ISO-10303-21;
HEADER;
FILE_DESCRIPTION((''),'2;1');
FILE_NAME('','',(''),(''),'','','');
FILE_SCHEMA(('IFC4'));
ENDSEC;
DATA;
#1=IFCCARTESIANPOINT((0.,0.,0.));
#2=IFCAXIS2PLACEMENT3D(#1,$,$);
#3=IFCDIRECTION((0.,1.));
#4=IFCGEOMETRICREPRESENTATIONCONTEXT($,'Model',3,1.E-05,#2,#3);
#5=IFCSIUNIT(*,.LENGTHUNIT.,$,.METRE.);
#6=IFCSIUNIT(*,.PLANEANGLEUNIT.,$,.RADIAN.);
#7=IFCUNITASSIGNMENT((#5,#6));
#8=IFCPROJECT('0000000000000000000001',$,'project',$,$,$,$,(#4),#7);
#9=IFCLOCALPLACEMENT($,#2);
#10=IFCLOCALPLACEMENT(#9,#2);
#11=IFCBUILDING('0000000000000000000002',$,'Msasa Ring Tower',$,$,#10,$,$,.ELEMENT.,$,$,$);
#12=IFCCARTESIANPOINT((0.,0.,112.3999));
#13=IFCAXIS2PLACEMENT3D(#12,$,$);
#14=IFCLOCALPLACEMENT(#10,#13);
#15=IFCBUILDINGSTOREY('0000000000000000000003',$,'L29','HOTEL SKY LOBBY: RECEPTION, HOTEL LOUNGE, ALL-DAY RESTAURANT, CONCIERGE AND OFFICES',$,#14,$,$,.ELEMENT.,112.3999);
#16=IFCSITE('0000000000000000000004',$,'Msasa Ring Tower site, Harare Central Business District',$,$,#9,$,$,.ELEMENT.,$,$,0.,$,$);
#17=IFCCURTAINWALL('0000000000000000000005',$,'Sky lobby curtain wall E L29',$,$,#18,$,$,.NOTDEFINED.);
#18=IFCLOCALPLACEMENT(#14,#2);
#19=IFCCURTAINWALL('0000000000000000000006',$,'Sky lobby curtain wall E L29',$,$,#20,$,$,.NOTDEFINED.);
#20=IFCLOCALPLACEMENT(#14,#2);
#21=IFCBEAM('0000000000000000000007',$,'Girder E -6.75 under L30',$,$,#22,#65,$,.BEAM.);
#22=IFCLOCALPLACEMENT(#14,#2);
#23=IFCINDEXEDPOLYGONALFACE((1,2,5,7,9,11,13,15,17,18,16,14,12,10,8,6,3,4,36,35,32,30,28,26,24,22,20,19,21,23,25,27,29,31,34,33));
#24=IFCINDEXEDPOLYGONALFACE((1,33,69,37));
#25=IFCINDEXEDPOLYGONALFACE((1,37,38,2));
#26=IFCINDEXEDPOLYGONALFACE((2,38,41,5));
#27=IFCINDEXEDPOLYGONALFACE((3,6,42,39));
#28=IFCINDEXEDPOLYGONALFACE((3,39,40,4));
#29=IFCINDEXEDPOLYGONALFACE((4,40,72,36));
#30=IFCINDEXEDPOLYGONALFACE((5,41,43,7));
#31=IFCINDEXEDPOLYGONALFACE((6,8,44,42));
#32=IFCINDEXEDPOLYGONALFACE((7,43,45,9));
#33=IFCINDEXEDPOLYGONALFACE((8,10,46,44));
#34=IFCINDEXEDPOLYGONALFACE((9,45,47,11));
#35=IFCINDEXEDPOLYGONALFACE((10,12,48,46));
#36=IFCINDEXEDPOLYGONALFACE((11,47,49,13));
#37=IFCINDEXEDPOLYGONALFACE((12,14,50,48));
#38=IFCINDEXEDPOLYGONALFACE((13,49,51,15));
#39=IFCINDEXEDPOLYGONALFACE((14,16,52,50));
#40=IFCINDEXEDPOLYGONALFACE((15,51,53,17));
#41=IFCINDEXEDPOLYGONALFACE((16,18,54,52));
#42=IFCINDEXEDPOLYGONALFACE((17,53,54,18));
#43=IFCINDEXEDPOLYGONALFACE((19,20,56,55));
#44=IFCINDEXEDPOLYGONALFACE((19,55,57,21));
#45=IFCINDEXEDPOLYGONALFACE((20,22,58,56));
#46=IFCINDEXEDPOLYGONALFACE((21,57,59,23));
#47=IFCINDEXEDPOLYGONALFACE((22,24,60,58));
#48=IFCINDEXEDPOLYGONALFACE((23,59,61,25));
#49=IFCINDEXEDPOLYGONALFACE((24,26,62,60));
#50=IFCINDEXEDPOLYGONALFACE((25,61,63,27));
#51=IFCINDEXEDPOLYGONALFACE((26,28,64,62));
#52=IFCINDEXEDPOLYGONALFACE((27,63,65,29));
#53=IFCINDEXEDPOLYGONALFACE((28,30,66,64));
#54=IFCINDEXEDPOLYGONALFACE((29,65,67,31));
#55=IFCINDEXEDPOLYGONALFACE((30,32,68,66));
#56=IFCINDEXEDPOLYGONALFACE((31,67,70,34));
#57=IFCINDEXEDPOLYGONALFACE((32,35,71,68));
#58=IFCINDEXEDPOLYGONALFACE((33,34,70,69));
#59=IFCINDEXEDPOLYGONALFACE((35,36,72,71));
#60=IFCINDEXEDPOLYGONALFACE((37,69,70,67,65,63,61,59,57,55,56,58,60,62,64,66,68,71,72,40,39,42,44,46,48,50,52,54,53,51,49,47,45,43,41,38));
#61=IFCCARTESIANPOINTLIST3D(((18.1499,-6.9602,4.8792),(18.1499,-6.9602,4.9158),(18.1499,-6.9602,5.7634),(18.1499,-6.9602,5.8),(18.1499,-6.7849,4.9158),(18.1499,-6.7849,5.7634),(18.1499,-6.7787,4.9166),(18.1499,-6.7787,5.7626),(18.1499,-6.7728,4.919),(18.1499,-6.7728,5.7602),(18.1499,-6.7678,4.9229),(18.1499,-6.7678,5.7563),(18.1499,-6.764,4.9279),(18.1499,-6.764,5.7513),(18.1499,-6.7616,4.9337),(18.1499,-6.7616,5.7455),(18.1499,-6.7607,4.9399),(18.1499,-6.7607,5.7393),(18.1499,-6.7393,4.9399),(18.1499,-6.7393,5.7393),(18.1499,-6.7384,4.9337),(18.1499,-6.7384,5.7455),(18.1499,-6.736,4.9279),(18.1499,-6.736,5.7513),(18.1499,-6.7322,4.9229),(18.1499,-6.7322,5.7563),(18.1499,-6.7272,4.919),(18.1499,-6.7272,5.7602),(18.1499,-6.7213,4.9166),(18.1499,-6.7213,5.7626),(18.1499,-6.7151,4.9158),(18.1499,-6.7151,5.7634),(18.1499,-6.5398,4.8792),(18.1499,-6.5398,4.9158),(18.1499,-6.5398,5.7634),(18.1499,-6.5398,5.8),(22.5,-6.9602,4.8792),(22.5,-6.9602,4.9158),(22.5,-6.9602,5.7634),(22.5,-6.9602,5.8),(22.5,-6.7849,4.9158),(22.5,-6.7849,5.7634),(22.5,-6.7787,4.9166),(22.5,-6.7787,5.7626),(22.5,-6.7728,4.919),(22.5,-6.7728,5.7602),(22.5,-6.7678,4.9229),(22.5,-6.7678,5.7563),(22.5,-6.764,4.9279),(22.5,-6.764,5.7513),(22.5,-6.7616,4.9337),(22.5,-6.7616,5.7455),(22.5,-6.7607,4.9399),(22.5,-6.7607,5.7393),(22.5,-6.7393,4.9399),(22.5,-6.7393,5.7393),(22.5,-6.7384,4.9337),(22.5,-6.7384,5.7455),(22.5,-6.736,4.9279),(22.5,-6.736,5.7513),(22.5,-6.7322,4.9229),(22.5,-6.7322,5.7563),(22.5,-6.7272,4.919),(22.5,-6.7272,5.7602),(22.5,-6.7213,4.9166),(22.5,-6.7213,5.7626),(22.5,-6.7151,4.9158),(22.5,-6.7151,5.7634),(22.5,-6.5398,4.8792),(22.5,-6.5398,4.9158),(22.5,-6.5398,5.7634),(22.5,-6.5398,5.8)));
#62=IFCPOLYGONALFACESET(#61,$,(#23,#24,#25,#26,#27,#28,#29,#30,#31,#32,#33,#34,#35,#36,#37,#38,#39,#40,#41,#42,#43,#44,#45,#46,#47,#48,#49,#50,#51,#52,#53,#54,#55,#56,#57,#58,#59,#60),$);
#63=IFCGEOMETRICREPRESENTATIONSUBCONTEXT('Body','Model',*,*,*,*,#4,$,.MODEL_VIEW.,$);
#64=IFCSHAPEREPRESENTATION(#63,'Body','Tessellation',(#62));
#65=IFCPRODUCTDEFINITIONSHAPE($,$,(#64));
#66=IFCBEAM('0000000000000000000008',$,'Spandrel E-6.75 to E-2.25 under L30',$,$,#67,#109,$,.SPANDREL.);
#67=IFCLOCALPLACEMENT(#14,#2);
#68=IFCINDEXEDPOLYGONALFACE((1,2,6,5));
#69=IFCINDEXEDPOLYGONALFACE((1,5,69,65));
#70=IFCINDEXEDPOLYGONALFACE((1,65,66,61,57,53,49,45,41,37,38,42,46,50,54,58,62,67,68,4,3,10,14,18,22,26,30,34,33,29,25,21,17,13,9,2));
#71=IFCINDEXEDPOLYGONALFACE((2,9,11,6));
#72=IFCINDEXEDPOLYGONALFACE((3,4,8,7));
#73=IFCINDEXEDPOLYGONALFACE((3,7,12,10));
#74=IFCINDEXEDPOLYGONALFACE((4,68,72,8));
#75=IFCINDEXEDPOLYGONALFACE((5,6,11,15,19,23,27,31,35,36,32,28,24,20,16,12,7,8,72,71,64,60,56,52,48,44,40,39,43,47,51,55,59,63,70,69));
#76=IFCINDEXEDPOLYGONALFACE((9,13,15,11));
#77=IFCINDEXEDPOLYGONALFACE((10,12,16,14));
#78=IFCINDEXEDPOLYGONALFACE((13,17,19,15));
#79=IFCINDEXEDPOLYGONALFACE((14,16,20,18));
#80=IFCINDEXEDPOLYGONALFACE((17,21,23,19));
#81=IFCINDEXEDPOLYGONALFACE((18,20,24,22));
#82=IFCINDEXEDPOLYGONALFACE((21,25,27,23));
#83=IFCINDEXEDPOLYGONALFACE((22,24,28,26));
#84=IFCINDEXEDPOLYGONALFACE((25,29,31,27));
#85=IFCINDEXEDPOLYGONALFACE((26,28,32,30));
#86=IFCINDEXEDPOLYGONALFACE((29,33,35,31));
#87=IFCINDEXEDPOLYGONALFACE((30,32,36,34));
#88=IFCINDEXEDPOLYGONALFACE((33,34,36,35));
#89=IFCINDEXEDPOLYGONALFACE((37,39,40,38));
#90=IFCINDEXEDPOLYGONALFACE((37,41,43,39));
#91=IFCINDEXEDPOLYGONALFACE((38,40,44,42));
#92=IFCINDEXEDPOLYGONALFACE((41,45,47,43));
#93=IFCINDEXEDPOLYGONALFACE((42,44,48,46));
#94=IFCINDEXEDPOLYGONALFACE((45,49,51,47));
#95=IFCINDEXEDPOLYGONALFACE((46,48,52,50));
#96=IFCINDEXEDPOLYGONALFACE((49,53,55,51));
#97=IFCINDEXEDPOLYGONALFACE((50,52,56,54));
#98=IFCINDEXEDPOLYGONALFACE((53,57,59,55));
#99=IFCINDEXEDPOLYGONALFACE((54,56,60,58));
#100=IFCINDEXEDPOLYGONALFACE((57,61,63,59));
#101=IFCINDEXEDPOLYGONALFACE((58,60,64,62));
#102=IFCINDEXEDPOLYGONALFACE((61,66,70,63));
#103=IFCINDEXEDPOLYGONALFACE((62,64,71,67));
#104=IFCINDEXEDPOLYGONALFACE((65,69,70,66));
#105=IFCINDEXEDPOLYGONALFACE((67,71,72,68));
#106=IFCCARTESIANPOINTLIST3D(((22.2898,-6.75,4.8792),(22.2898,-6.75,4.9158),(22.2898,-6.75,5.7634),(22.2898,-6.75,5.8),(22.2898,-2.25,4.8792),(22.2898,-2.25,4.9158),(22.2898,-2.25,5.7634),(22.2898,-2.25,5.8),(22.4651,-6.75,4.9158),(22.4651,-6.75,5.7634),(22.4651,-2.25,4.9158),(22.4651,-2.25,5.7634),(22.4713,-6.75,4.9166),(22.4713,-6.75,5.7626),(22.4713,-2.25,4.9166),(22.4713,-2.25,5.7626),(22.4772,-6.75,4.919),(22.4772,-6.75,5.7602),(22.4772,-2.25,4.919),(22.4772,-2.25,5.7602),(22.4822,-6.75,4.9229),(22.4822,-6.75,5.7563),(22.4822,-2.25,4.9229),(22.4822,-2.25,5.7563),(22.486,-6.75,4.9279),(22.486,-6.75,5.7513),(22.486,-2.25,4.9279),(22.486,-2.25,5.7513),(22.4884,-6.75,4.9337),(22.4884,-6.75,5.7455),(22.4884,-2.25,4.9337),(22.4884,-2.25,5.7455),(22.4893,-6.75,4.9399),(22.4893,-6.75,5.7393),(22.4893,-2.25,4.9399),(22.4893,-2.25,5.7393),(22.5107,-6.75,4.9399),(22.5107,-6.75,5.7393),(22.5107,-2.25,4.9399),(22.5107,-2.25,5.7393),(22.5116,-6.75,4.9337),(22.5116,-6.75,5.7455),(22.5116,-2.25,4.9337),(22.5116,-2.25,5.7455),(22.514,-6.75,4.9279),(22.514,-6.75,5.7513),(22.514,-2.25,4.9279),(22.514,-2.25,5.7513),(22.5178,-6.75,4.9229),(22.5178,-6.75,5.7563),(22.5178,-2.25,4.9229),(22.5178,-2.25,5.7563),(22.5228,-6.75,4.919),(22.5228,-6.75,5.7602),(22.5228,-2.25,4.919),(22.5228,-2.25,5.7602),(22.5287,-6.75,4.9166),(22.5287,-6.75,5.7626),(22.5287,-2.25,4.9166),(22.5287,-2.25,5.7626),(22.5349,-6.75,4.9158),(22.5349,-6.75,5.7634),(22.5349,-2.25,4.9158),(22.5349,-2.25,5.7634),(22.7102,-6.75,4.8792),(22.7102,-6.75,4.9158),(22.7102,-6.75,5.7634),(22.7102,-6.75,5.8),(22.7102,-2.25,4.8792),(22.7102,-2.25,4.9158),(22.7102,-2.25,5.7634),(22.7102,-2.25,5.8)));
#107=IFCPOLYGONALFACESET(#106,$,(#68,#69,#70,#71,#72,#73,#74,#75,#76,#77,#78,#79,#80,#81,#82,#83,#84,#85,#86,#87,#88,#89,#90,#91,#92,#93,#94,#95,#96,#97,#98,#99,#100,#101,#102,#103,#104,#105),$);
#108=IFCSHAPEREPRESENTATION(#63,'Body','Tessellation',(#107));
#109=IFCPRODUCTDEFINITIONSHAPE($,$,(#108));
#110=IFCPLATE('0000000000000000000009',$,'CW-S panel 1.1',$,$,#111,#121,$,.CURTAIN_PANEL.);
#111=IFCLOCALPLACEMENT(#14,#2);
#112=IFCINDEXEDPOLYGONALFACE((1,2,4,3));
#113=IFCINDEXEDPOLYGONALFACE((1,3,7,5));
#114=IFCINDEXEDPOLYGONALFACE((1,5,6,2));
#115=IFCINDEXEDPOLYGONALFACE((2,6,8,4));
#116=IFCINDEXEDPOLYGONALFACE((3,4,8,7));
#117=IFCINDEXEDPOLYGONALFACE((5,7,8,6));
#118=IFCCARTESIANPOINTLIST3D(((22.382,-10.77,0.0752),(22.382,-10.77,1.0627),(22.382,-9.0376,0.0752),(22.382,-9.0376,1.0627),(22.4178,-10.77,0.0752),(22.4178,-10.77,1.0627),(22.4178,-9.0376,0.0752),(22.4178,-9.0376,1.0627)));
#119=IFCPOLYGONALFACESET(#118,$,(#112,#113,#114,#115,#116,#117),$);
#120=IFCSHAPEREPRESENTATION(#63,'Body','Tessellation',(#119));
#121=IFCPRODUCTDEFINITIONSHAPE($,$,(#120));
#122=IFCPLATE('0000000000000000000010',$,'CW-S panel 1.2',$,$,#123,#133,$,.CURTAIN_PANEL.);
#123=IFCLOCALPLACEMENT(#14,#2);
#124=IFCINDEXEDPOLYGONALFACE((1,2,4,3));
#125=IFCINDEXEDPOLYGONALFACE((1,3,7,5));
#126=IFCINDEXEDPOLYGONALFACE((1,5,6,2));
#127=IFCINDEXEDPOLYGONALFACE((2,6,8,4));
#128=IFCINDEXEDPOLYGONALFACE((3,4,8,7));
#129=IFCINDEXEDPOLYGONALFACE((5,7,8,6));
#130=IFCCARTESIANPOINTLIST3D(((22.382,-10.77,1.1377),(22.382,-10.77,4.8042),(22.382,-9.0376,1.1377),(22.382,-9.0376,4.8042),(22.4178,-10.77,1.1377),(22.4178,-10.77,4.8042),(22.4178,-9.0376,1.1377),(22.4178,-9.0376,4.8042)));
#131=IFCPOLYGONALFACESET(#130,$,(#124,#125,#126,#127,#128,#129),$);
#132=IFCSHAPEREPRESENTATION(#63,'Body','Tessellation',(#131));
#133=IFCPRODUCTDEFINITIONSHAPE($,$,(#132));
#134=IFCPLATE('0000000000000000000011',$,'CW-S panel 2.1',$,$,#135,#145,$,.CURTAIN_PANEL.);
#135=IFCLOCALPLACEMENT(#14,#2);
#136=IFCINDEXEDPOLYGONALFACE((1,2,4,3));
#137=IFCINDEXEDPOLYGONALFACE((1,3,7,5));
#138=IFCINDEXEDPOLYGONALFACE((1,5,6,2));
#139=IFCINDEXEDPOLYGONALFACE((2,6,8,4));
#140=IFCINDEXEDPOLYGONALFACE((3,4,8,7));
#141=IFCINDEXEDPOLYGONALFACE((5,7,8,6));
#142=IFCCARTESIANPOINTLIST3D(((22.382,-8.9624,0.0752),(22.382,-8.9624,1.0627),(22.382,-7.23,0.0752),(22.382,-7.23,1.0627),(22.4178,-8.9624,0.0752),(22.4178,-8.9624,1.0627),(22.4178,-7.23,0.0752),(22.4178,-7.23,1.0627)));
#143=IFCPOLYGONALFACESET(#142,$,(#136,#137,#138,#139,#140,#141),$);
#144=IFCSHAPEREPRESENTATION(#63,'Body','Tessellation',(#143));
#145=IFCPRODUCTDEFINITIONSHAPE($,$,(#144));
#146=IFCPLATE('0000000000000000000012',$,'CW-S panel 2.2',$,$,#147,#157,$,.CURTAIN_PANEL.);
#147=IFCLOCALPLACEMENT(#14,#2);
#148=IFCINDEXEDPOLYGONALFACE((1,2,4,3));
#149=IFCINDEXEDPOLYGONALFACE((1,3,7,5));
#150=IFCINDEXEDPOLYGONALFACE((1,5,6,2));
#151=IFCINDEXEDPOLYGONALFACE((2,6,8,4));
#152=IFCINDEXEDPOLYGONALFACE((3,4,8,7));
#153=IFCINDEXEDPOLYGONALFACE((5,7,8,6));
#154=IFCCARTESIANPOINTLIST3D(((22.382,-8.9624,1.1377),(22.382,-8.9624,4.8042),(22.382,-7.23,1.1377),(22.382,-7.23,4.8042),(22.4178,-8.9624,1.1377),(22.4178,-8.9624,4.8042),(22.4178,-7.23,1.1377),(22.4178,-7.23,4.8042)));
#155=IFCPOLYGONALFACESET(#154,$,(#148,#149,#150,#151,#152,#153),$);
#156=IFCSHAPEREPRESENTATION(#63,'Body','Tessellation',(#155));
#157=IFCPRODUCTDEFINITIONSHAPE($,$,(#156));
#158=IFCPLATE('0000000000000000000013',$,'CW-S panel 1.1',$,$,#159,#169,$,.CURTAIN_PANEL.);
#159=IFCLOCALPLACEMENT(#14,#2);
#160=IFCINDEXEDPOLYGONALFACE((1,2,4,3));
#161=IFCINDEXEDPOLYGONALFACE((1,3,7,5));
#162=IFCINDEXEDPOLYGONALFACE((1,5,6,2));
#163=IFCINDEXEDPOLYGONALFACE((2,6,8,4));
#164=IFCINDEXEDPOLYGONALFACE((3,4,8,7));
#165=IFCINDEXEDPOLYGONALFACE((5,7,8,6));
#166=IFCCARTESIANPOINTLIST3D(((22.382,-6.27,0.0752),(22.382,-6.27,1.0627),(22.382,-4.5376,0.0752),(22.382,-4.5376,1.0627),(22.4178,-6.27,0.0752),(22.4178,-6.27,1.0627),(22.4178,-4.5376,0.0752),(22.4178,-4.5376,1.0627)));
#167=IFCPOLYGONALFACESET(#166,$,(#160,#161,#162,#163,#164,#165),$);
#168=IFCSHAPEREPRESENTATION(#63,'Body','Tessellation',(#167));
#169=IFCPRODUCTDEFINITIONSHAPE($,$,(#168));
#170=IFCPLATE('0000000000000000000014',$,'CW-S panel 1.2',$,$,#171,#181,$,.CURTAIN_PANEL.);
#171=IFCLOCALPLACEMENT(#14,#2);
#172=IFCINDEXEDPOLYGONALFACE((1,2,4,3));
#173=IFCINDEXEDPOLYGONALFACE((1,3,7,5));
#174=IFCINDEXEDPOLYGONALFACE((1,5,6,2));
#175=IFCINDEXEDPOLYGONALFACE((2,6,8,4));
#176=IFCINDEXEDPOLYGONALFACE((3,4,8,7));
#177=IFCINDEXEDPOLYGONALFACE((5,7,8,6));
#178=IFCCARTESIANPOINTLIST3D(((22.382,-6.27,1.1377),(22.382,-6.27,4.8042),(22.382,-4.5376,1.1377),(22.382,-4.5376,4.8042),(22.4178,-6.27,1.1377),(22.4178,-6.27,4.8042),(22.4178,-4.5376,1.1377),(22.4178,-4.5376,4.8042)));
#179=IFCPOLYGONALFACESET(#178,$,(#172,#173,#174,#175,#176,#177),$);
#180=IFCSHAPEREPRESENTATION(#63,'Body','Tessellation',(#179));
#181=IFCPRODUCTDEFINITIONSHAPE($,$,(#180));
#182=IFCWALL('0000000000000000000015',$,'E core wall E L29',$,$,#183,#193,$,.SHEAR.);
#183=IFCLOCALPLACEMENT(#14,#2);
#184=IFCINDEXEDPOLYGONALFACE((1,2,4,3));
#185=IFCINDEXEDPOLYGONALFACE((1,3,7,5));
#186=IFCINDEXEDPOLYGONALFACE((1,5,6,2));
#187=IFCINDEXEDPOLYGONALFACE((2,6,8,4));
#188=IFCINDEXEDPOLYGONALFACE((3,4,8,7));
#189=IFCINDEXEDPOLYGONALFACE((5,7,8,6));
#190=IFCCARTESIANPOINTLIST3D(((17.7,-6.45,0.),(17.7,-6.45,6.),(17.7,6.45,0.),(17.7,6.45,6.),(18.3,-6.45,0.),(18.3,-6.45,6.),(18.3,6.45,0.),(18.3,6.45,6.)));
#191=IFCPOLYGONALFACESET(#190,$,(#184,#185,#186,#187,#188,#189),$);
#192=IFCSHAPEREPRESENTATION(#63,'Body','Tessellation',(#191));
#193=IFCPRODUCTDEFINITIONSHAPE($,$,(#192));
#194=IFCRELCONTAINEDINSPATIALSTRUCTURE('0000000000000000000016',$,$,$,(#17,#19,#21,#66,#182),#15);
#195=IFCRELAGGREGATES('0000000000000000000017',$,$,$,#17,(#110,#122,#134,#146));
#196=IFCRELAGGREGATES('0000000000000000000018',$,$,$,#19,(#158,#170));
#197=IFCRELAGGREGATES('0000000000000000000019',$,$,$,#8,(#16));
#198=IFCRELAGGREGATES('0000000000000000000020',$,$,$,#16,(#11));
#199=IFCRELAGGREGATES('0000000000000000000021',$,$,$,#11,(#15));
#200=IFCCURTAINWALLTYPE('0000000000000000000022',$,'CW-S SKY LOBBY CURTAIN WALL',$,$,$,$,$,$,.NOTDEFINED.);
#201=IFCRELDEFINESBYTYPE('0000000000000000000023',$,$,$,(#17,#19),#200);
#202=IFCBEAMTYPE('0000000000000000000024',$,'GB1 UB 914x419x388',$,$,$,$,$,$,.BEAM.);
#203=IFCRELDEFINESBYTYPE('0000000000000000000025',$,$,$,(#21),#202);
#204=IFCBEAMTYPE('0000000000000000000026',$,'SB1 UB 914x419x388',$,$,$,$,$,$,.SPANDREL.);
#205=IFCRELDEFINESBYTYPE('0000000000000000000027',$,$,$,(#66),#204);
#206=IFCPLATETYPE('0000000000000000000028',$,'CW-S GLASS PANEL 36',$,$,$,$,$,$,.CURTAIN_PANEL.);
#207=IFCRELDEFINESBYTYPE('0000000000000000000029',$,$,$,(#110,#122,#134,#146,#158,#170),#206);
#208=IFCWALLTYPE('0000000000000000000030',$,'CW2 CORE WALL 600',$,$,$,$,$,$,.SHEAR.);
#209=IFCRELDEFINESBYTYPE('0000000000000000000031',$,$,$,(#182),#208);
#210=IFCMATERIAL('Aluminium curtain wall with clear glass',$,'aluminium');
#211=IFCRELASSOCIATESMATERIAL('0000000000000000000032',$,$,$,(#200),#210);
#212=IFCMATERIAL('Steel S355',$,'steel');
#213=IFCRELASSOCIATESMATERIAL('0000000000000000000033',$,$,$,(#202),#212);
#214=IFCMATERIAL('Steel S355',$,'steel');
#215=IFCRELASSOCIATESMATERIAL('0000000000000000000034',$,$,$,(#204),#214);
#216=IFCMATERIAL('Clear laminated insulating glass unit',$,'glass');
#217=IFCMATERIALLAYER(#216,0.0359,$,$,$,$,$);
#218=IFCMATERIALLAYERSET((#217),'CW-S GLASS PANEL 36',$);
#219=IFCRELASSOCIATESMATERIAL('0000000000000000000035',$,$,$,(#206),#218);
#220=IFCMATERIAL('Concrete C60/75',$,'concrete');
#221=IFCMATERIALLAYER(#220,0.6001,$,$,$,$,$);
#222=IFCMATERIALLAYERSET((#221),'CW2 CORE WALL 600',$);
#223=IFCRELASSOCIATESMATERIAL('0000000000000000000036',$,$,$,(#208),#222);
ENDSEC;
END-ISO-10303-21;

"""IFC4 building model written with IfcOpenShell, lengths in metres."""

from ifc_helpers import new_model, si_unit, direction, frame, frame_2d, origin, origin_2d, place, context, subcontext, project, spatial, rectangle, i_section, extrude, material, layer, layer_set, material_profile, profile_set, type_object, element, aggregate, save


model = new_model("IFC4")

# Units and contexts
model_context = context("Model", 3, precision=1e-05, world=origin(), true_north=direction((0.0, 1.0)))
body_context = subcontext(model_context, "Body", "Model", "MODEL_VIEW")
ifc_project = project(units=[si_unit("LENGTHUNIT", "METRE"), si_unit("PLANEANGLEUNIT", "RADIAN")], contexts=[model_context])

# Site, building, storey
site_placement = place(None, origin())
site = spatial("IfcSite", under=ifc_project, at=site_placement, Name="Msasa Ring Tower site, Harare Central Business District", CompositionType="ELEMENT", RefElevation=0.0)
building_placement = place(site_placement, origin())
building = spatial("IfcBuilding", under=site, at=building_placement, Name="Msasa Ring Tower", CompositionType="ELEMENT")
storey_placement = place(building_placement, frame((0.0, 0.0, 112.3999)))
storey = spatial("IfcBuildingStorey", under=building, at=storey_placement, Name="L29", Description="HOTEL SKY LOBBY: RECEPTION, HOTEL LOUNGE, ALL-DAY RESTAURANT, CONCIERGE AND OFFICES", CompositionType="ELEMENT", Elevation=112.3999)

# Curtain wall
ifc_material_1 = material(Name="Aluminium curtain wall with clear glass", Category="aluminium")
curtain_wall_type = type_object("IfcCurtainWallType", Name="CW-S SKY LOBBY CURTAIN WALL", PredefinedType="NOTDEFINED", material=ifc_material_1)
curtain_wall_1_placement = place(storey_placement, origin())
curtain_wall_1 = element("IfcCurtainWall", 1, at=curtain_wall_1_placement, inside=storey, type_object=curtain_wall_type, Name="Sky lobby curtain wall E L29", PredefinedType="NOTDEFINED")

# Curtain wall
curtain_wall_2_placement = place(storey_placement, origin())
curtain_wall_2 = element("IfcCurtainWall", 2, at=curtain_wall_2_placement, inside=storey, type_object=curtain_wall_type, Name="Sky lobby curtain wall E L29", PredefinedType="NOTDEFINED")

# Beams
ifc_material_2 = material(Name="Steel S355", Category="steel")
ifc_material_profile_1 = material_profile(ifc_material_2, i_section(OverallWidth=0.4204, OverallDepth=0.9209, WebThickness=0.0215, FlangeThickness=0.0366, FilletRadius=0.0242, at=origin_2d()), Name="UB 914x419x388")
ifc_profile_set_1 = profile_set([ifc_material_profile_1], Name="Steel S355")
beam_type_1 = type_object("IfcBeamType", Name="GB1 UB 914x419x388", PredefinedType="BEAM", material=ifc_profile_set_1)
beam_1_placement = place(storey_placement, frame((18.1499, -6.75, 5.3396), z_axis=(1.0, 0.0, 0.0), x_axis=(0.0, 1.0, 0.0)))
element("IfcBeam", 3, at=beam_1_placement, inside=storey, type_object=beam_type_1, Name="Girder E -6.75 under L30", PredefinedType="BEAM", context=body_context, shape_type="SweptSolid", body=[
    extrude(i_section(OverallWidth=0.4204, OverallDepth=0.9209, WebThickness=0.0215, FlangeThickness=0.0366, FilletRadius=0.0242, at=origin_2d()), origin(), (0.0, 0.0, 1.0), 4.3501),
])
ifc_material_3 = material(Name="Steel S355", Category="steel")
ifc_material_profile_2 = material_profile(ifc_material_3, i_section(OverallWidth=0.4204, OverallDepth=0.9209, WebThickness=0.0215, FlangeThickness=0.0366, FilletRadius=0.0242, at=origin_2d()), Name="UB 914x419x388")
ifc_profile_set_2 = profile_set([ifc_material_profile_2], Name="Steel S355")
beam_type_2 = type_object("IfcBeamType", Name="SB1 UB 914x419x388", PredefinedType="SPANDREL", material=ifc_profile_set_2)
beam_2_placement = place(storey_placement, frame((22.5, -6.75, 5.3396), z_axis=(0.0, 1.0, 0.0), x_axis=(-1.0, 0.0, 0.0)))
element("IfcBeam", 4, at=beam_2_placement, inside=storey, type_object=beam_type_2, Name="Spandrel E-6.75 to E-2.25 under L30", PredefinedType="SPANDREL", context=body_context, shape_type="SweptSolid", body=[
    extrude(i_section(OverallWidth=0.4204, OverallDepth=0.9209, WebThickness=0.0215, FlangeThickness=0.0366, FilletRadius=0.0242, at=origin_2d()), origin(), (0.0, 0.0, 1.0), 4.5),
])

# Plates
ifc_material_4 = material(Name="Clear laminated insulating glass unit", Category="glass")
ifc_layer_1 = layer(ifc_material_4, 0.0359)
ifc_layer_set_1 = layer_set([ifc_layer_1], Name="CW-S GLASS PANEL 36")
plate_type = type_object("IfcPlateType", Name="CW-S GLASS PANEL 36", PredefinedType="CURTAIN_PANEL", material=ifc_layer_set_1)
plate_1_placement = place(storey_placement, frame((22.3999, -9.9038, 0.0752), z_axis=(0.0, 0.0, 1.0), x_axis=(0.0, 1.0, 0.0)))
plate_1 = element("IfcPlate", 5, at=plate_1_placement, type_object=plate_type, Name="CW-S panel 1.1", PredefinedType="CURTAIN_PANEL", context=body_context, shape_type="SweptSolid", body=[
    extrude(rectangle(XDim=1.7324, YDim=0.0359, at=origin_2d()), origin(), (0.0, 0.0, 1.0), 0.9875),
])
plate_2_placement = place(storey_placement, frame((22.3999, -9.9038, 1.1377), z_axis=(0.0, 0.0, 1.0), x_axis=(0.0, 1.0, 0.0)))
plate_2 = element("IfcPlate", 6, at=plate_2_placement, type_object=plate_type, Name="CW-S panel 1.2", PredefinedType="CURTAIN_PANEL", context=body_context, shape_type="SweptSolid", body=[
    extrude(rectangle(XDim=1.7324, YDim=0.0359, at=origin_2d()), origin(), (0.0, 0.0, 1.0), 3.6665),
])
plate_3_placement = place(storey_placement, frame((22.3999, -8.0962, 0.0752), z_axis=(0.0, 0.0, 1.0), x_axis=(0.0, 1.0, 0.0)))
plate_3 = element("IfcPlate", 7, at=plate_3_placement, type_object=plate_type, Name="CW-S panel 2.1", PredefinedType="CURTAIN_PANEL", context=body_context, shape_type="SweptSolid", body=[
    extrude(rectangle(XDim=1.7324, YDim=0.0359, at=origin_2d()), origin(), (0.0, 0.0, 1.0), 0.9875),
])
plate_4_placement = place(storey_placement, frame((22.3999, -8.0962, 1.1377), z_axis=(0.0, 0.0, 1.0), x_axis=(0.0, 1.0, 0.0)))
plate_4 = element("IfcPlate", 8, at=plate_4_placement, type_object=plate_type, Name="CW-S panel 2.2", PredefinedType="CURTAIN_PANEL", context=body_context, shape_type="SweptSolid", body=[
    extrude(rectangle(XDim=1.7324, YDim=0.0359, at=origin_2d()), origin(), (0.0, 0.0, 1.0), 3.6665),
])
aggregate(curtain_wall_1, [plate_1, plate_2, plate_3, plate_4])
plate_5_placement = place(storey_placement, frame((22.3999, -5.4038, 0.0752), z_axis=(0.0, 0.0, 1.0), x_axis=(0.0, 1.0, 0.0)))
plate_5 = element("IfcPlate", 9, at=plate_5_placement, type_object=plate_type, Name="CW-S panel 1.1", PredefinedType="CURTAIN_PANEL", context=body_context, shape_type="SweptSolid", body=[
    extrude(rectangle(XDim=1.7324, YDim=0.0359, at=origin_2d()), origin(), (0.0, 0.0, 1.0), 0.9875),
])
plate_6_placement = place(storey_placement, frame((22.3999, -5.4038, 1.1377), z_axis=(0.0, 0.0, 1.0), x_axis=(0.0, 1.0, 0.0)))
plate_6 = element("IfcPlate", 10, at=plate_6_placement, type_object=plate_type, Name="CW-S panel 1.2", PredefinedType="CURTAIN_PANEL", context=body_context, shape_type="SweptSolid", body=[
    extrude(rectangle(XDim=1.7324, YDim=0.0359, at=origin_2d()), origin(), (0.0, 0.0, 1.0), 3.6665),
])
aggregate(curtain_wall_2, [plate_5, plate_6])

# Wall
ifc_material_5 = material(Name="Concrete C60/75", Category="concrete")
ifc_layer_2 = layer(ifc_material_5, 0.6001)
ifc_layer_set_2 = layer_set([ifc_layer_2], Name="CW2 CORE WALL 600")
wall_type_1 = type_object("IfcWallType", Name="CW2 CORE WALL 600", PredefinedType="SHEAR", material=ifc_layer_set_2)
wall_1_placement = place(storey_placement, frame((18.0, -6.45, 0.0), z_axis=(0.0, 0.0, 1.0), x_axis=(0.0, 1.0, 0.0)))
element("IfcWall", 11, at=wall_1_placement, inside=storey, type_object=wall_type_1, Name="E core wall E L29", PredefinedType="SHEAR", context=body_context, shape_type="SweptSolid", body=[
    extrude(rectangle(XDim=12.8999, YDim=0.6001, at=frame_2d((6.45, 0.0))), origin(), (0.0, 0.0, 1.0), 6.0),
])

save(model, "model.ifc")
